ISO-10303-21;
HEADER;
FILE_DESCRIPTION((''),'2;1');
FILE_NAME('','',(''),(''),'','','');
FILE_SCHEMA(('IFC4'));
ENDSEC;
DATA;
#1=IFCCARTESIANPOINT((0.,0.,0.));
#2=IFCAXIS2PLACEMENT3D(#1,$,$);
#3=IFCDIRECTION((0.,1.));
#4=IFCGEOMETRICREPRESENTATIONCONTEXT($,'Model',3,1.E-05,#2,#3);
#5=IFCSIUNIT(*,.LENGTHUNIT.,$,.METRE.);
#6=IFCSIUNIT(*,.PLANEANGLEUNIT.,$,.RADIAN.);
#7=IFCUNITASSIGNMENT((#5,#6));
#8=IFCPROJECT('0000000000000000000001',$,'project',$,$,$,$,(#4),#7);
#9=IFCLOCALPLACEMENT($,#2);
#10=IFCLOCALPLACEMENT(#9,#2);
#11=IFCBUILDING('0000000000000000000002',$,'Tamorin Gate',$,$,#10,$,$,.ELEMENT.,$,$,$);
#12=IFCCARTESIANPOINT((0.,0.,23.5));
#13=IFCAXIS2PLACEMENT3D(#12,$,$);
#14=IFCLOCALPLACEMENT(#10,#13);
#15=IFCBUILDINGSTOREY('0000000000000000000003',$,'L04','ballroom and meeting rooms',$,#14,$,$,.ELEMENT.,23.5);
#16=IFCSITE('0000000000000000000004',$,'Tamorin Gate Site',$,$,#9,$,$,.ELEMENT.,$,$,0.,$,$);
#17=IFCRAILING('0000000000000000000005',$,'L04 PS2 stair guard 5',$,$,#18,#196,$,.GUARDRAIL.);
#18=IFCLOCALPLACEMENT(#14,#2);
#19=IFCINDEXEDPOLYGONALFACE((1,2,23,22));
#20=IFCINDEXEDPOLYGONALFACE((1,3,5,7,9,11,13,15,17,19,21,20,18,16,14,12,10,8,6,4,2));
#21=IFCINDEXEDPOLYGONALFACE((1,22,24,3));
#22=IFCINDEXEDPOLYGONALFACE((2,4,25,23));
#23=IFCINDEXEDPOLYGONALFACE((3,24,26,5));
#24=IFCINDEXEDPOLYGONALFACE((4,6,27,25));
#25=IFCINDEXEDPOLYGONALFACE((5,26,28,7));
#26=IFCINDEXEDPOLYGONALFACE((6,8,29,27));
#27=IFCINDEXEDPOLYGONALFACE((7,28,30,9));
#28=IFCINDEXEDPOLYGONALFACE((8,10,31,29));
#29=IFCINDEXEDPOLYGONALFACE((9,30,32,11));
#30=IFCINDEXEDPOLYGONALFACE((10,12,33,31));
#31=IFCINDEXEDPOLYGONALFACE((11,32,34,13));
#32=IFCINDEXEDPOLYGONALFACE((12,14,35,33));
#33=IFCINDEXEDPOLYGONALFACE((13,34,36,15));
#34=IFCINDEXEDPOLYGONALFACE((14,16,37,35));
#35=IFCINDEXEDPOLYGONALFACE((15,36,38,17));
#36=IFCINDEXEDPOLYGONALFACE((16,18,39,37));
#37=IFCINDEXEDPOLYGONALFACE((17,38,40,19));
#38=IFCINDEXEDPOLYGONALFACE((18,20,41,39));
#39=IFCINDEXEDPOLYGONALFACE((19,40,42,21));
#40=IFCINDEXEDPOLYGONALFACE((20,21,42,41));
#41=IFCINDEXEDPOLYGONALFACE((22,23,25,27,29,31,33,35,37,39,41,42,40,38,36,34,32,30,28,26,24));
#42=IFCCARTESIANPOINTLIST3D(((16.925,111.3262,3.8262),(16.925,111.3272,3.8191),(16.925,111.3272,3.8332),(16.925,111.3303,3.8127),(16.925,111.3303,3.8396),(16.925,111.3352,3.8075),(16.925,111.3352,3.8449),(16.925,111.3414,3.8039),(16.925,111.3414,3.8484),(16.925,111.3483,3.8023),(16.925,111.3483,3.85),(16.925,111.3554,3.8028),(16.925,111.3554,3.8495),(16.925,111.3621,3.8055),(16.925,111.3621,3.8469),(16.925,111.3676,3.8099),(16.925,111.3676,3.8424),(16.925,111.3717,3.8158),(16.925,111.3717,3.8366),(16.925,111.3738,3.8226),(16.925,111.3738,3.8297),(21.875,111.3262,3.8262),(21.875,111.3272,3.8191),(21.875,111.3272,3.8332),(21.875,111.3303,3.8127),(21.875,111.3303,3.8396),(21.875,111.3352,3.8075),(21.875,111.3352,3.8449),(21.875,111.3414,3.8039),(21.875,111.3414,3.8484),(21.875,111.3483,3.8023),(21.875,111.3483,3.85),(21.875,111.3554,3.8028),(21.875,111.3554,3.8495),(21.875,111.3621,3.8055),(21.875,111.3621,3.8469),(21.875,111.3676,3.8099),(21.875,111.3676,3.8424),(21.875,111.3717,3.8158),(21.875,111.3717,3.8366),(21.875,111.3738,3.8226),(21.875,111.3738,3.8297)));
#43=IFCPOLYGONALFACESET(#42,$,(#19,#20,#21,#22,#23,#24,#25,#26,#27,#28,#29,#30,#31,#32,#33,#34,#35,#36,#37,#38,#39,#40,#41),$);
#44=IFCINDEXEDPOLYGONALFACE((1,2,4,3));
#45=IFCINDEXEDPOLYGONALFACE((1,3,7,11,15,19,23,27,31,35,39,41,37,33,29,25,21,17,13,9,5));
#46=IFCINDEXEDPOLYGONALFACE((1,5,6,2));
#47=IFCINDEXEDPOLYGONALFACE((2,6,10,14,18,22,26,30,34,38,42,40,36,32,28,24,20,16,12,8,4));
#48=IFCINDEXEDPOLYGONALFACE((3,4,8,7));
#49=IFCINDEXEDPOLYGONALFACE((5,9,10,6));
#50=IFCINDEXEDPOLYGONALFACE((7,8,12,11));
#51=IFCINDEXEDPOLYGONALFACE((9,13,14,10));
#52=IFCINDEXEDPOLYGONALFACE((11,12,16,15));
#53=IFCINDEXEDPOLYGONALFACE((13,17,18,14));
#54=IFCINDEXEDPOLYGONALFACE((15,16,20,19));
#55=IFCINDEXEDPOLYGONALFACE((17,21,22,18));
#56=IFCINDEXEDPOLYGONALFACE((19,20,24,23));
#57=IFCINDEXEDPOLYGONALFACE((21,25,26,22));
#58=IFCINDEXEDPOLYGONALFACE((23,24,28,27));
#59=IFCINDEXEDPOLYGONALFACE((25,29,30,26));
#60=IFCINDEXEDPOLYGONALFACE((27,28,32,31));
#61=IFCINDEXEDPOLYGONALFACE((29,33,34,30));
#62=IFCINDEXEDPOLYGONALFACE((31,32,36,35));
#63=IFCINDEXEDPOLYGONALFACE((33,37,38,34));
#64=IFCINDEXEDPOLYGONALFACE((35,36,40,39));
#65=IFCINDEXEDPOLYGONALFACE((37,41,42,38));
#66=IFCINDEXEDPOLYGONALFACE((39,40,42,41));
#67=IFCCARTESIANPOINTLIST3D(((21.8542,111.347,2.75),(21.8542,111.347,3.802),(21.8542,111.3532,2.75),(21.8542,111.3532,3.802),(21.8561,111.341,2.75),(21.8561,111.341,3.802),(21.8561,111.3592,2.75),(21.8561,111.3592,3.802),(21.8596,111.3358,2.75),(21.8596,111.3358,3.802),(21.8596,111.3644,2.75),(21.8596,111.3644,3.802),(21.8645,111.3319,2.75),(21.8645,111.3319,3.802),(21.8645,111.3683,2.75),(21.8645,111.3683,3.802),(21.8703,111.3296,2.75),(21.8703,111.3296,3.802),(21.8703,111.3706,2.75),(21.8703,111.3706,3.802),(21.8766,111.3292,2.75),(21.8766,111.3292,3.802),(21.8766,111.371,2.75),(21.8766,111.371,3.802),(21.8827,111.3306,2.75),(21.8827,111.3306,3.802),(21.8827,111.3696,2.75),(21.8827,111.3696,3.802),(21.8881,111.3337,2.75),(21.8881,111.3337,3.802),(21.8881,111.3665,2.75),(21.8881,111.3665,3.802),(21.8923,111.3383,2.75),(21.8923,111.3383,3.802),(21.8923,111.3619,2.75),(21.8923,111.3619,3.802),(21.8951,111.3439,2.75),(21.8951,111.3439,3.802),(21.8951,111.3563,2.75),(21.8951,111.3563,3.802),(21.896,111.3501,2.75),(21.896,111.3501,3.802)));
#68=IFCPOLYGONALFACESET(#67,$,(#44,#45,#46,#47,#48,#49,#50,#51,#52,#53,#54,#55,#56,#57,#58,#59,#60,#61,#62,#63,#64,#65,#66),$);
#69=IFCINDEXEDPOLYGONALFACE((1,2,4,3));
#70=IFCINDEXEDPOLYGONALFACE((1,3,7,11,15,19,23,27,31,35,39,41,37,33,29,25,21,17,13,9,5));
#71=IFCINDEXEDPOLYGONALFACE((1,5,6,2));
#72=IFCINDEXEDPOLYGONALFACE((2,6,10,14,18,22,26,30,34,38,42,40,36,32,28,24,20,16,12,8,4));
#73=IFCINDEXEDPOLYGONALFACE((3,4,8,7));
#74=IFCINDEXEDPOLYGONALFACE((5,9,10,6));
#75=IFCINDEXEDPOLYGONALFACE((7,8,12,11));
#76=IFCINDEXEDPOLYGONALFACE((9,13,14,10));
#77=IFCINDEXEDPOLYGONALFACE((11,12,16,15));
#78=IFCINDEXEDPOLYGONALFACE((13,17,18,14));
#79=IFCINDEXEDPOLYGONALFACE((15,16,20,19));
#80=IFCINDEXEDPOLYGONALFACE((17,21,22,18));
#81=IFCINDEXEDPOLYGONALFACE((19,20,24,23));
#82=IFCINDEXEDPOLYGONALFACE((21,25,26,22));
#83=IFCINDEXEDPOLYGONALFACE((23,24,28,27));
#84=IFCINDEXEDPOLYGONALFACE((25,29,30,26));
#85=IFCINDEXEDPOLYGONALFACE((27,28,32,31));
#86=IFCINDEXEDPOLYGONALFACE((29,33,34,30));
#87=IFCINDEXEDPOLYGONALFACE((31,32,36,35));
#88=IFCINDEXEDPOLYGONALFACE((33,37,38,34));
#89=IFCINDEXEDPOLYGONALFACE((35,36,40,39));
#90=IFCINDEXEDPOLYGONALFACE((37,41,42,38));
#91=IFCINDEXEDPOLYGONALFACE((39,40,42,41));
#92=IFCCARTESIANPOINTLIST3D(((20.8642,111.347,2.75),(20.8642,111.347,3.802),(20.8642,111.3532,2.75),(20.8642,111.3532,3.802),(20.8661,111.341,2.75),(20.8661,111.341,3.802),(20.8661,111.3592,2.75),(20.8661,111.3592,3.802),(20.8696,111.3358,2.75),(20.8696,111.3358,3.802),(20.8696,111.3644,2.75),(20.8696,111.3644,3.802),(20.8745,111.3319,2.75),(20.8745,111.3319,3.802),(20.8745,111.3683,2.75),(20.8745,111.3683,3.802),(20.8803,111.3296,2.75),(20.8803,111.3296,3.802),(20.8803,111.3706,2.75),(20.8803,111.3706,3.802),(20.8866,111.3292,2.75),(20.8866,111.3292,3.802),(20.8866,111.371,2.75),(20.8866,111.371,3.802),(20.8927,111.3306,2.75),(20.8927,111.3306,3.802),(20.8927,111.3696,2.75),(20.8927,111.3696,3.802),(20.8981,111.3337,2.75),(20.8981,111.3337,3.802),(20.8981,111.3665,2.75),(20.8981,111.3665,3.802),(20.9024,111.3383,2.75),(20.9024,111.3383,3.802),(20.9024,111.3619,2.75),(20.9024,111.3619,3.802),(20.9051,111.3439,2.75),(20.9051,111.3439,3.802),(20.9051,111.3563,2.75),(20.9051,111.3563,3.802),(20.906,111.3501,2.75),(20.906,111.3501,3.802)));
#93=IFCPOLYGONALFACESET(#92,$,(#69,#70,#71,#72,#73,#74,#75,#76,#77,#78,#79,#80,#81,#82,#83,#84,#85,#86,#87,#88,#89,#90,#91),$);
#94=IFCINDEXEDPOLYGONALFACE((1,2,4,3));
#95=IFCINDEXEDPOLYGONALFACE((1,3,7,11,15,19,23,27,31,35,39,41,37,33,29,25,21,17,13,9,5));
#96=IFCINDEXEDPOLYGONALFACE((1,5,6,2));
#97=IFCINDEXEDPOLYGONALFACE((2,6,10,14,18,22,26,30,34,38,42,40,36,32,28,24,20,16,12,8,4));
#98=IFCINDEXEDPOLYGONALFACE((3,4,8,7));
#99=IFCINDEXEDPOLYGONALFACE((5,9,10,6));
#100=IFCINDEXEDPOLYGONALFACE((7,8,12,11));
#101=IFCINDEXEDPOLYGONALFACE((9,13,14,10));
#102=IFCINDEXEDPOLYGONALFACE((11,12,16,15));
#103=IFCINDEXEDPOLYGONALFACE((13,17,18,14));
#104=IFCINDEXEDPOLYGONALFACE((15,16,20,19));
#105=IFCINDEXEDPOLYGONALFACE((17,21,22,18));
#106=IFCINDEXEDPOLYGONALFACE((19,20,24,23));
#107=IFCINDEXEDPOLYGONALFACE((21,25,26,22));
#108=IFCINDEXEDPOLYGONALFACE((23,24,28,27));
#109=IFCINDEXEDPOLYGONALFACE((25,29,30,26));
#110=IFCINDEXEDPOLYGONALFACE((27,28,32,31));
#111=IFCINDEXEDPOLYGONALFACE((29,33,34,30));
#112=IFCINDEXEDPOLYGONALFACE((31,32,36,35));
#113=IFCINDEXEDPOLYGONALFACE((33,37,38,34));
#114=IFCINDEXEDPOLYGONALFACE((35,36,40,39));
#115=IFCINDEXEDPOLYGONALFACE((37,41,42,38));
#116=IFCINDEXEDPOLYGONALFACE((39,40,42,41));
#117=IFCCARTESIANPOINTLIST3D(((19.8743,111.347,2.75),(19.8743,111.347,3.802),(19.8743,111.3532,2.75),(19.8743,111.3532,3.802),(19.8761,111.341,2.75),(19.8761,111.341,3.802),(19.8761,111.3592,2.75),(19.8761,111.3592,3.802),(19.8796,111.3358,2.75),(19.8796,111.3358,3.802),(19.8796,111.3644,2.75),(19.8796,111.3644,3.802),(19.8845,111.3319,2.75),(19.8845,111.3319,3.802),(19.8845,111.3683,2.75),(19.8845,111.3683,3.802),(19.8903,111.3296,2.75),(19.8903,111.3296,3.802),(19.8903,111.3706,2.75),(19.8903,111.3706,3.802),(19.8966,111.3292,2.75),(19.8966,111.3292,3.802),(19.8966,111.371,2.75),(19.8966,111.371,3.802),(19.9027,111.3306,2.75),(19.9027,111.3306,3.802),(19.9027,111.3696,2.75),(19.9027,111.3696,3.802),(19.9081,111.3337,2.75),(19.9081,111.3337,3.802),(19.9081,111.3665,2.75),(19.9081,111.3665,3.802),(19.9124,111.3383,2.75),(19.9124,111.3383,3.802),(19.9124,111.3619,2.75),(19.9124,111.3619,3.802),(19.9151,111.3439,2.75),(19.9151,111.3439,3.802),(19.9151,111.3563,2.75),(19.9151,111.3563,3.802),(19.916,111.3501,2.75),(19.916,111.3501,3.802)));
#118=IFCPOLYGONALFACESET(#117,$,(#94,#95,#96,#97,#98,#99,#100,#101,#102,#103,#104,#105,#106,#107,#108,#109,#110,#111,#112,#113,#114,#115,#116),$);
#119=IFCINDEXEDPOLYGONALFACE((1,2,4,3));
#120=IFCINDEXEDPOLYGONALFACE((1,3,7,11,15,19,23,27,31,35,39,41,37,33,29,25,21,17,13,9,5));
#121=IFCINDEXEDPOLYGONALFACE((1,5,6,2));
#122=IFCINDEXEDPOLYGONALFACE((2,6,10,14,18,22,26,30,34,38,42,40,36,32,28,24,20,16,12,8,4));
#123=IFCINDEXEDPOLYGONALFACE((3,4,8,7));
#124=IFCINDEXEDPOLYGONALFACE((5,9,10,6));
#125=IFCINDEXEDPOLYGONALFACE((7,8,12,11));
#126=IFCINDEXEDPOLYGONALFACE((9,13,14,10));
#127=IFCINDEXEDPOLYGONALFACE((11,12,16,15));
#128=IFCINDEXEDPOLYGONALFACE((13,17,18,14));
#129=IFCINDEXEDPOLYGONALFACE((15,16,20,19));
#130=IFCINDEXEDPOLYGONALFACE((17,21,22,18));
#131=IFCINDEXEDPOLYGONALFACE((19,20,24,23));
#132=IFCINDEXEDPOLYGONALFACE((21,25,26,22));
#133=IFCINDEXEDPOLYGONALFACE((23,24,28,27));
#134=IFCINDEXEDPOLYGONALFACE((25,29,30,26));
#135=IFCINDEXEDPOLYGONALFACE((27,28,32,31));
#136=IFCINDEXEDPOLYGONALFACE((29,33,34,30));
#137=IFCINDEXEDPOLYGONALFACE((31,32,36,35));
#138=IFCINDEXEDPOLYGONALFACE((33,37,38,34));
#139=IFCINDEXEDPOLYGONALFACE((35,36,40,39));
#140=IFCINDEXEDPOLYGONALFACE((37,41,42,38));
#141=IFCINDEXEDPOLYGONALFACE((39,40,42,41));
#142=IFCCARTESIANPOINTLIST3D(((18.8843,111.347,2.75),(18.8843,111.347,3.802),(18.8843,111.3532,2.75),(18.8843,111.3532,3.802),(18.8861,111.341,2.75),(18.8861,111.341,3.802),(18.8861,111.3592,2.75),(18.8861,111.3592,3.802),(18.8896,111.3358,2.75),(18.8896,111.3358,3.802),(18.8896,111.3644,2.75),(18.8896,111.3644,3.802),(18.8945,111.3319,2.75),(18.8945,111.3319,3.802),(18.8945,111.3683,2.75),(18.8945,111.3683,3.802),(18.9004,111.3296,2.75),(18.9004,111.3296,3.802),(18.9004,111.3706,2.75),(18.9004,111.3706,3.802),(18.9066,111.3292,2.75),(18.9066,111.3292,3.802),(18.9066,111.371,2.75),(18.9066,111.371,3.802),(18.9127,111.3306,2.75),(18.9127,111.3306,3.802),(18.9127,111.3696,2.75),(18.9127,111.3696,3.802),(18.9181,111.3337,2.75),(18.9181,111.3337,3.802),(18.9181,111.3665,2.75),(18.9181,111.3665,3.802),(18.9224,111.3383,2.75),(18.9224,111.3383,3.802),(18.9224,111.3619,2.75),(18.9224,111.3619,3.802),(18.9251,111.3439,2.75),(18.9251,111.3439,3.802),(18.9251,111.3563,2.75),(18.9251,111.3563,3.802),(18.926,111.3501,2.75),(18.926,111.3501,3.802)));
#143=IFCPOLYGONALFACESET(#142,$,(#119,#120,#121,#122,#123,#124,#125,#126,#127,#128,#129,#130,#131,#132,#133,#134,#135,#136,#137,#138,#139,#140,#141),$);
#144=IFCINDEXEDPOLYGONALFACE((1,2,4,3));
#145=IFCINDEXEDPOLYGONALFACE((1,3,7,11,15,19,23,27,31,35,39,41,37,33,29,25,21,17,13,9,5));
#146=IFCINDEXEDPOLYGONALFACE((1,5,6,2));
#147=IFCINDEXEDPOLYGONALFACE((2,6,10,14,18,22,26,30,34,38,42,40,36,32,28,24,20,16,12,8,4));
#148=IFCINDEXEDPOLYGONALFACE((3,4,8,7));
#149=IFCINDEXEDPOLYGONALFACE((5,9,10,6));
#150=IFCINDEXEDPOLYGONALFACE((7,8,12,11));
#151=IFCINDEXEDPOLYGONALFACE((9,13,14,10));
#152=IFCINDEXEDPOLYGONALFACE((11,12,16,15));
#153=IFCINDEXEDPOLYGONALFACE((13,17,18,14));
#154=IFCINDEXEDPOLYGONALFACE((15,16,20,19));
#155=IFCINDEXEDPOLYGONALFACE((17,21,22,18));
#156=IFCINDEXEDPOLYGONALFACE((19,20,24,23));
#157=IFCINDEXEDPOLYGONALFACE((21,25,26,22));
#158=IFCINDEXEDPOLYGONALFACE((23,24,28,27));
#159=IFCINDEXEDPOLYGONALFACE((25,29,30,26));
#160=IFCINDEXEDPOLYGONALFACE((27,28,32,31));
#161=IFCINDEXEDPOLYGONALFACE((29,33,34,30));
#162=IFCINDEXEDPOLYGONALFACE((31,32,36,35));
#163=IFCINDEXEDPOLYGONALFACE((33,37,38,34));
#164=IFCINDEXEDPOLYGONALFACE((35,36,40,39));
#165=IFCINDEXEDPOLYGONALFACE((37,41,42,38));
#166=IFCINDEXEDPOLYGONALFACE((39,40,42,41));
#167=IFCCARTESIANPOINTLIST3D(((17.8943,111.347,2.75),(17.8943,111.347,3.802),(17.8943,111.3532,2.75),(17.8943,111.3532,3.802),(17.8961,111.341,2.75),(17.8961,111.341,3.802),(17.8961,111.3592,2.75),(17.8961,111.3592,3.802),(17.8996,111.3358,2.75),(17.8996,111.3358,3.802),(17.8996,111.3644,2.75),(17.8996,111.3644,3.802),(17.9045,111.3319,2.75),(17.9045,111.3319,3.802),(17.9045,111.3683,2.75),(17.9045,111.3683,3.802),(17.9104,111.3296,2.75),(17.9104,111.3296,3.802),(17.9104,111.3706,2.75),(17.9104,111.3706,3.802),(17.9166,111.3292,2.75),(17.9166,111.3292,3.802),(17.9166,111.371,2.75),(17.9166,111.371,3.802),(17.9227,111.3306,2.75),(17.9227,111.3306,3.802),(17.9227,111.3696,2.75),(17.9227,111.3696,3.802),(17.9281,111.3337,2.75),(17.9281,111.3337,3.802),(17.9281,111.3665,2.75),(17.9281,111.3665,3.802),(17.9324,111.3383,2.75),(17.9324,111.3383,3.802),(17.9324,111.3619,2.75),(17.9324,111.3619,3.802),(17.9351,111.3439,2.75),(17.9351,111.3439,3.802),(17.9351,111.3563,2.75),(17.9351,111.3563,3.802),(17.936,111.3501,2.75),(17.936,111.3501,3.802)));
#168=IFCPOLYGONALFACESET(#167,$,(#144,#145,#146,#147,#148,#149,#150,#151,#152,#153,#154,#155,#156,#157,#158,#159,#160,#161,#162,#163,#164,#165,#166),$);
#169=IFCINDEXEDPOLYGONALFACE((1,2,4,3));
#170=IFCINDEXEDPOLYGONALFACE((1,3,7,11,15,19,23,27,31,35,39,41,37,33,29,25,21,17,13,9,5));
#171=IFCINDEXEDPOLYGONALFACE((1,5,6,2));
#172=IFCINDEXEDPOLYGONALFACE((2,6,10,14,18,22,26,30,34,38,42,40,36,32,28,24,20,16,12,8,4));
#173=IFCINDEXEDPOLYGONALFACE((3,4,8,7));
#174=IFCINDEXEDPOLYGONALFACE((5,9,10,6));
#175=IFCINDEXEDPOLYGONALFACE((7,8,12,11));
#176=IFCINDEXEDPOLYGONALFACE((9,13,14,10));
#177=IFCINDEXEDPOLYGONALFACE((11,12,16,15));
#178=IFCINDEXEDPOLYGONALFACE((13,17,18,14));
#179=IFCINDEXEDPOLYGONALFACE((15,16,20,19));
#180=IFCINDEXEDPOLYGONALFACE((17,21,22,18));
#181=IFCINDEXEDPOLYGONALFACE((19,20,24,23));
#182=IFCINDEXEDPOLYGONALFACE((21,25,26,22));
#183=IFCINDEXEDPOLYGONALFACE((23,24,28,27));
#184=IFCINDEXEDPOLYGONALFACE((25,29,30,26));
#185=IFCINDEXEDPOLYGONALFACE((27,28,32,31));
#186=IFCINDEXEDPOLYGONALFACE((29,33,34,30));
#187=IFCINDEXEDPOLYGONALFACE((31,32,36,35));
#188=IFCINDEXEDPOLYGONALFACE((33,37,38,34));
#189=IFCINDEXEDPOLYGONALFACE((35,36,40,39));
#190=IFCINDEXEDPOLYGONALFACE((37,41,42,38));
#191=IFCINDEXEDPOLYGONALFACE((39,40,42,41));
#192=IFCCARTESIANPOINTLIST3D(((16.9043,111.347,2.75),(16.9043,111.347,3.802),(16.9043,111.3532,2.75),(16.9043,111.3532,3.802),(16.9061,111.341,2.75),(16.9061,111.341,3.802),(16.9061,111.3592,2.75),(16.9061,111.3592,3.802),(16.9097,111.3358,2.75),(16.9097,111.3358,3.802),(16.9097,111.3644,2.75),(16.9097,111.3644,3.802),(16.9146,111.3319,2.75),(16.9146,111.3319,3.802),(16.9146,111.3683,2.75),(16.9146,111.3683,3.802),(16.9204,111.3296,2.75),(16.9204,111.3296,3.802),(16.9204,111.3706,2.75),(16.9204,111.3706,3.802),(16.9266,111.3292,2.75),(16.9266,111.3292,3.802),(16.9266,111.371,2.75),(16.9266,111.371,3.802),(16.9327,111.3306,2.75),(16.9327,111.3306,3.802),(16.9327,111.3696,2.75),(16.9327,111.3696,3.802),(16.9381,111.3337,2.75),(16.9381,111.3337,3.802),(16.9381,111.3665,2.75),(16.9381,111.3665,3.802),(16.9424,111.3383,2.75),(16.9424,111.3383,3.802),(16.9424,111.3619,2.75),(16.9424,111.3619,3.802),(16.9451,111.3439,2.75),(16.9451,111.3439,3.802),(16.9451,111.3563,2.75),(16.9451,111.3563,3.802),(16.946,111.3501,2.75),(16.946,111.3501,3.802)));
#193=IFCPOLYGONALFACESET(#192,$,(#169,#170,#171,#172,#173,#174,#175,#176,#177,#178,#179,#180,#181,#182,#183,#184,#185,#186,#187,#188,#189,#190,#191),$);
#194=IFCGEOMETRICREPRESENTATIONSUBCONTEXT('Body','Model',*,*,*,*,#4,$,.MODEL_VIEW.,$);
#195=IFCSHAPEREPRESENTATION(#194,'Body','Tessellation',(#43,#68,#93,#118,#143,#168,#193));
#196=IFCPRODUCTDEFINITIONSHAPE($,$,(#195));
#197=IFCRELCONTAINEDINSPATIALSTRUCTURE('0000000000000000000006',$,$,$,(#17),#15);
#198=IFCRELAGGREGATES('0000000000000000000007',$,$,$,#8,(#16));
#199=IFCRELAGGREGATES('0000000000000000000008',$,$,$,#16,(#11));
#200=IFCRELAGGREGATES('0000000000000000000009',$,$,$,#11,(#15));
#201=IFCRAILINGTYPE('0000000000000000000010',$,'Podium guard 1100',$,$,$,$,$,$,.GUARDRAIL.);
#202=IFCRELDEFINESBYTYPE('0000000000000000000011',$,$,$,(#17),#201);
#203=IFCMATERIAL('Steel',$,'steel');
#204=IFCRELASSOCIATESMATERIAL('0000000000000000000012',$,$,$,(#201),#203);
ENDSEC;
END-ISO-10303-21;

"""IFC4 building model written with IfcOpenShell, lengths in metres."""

from ifc_helpers import new_model, si_unit, direction, frame, origin, origin_2d, place, context, subcontext, project, spatial, circle, extrude, material, type_object, element, save


model = new_model("IFC4")

# Units and contexts
model_context = context("Model", 3, precision=1e-05, world=origin(), true_north=direction((0.0, 1.0)))
body_context = subcontext(model_context, "Body", "Model", "MODEL_VIEW")
ifc_project = project(units=[si_unit("LENGTHUNIT", "METRE"), si_unit("PLANEANGLEUNIT", "RADIAN")], contexts=[model_context])

# Site, building, storey
site_placement = place(None, origin())
site = spatial("IfcSite", under=ifc_project, at=site_placement, Name="Tamorin Gate Site", CompositionType="ELEMENT", RefElevation=0.0)
building_placement = place(site_placement, origin())
building = spatial("IfcBuilding", under=site, at=building_placement, Name="Tamorin Gate", CompositionType="ELEMENT")
storey_placement = place(building_placement, frame((0.0, 0.0, 23.5)))
storey = spatial("IfcBuildingStorey", under=building, at=storey_placement, Name="L04", Description="ballroom and meeting rooms", CompositionType="ELEMENT", Elevation=23.5)

# Railing
ifc_material_1 = material(Name="Steel", Category="steel")
railing_type = type_object("IfcRailingType", Name="Podium guard 1100", PredefinedType="GUARDRAIL", material=ifc_material_1)
railing_1_placement = place(storey_placement, frame((21.875, 111.3501, 2.75)))
element("IfcRailing", 1, at=railing_1_placement, inside=storey, type_object=railing_type, Name="L04 PS2 stair guard 5", PredefinedType="GUARDRAIL", context=body_context, shape_type="SweptSolid", body=[
    extrude(circle(Radius=0.0239, at=origin_2d()), frame((0.0, 0.0, 1.0762), z_axis=(-1.0, 0.0, 0.0), x_axis=(0.0, -1.0, 0.0)), (0.0, 0.0, 1.0), 4.95),
    extrude(circle(Radius=0.021, at=origin_2d()), origin(), (0.0, 0.0, 1.0), 1.052),
    extrude(circle(Radius=0.021, at=origin_2d()), frame((-0.99, 0.0, 0.0)), (0.0, 0.0, 1.0), 1.052),
    extrude(circle(Radius=0.021, at=origin_2d()), frame((-1.98, 0.0, 0.0)), (0.0, 0.0, 1.0), 1.052),
    extrude(circle(Radius=0.021, at=origin_2d()), frame((-2.97, 0.0, 0.0)), (0.0, 0.0, 1.0), 1.052),
    extrude(circle(Radius=0.021, at=origin_2d()), frame((-3.96, 0.0, 0.0)), (0.0, 0.0, 1.0), 1.052),
    extrude(circle(Radius=0.021, at=origin_2d()), frame((-4.95, 0.0, 0.0)), (0.0, 0.0, 1.0), 1.052),
])

save(model, "model.ifc")
